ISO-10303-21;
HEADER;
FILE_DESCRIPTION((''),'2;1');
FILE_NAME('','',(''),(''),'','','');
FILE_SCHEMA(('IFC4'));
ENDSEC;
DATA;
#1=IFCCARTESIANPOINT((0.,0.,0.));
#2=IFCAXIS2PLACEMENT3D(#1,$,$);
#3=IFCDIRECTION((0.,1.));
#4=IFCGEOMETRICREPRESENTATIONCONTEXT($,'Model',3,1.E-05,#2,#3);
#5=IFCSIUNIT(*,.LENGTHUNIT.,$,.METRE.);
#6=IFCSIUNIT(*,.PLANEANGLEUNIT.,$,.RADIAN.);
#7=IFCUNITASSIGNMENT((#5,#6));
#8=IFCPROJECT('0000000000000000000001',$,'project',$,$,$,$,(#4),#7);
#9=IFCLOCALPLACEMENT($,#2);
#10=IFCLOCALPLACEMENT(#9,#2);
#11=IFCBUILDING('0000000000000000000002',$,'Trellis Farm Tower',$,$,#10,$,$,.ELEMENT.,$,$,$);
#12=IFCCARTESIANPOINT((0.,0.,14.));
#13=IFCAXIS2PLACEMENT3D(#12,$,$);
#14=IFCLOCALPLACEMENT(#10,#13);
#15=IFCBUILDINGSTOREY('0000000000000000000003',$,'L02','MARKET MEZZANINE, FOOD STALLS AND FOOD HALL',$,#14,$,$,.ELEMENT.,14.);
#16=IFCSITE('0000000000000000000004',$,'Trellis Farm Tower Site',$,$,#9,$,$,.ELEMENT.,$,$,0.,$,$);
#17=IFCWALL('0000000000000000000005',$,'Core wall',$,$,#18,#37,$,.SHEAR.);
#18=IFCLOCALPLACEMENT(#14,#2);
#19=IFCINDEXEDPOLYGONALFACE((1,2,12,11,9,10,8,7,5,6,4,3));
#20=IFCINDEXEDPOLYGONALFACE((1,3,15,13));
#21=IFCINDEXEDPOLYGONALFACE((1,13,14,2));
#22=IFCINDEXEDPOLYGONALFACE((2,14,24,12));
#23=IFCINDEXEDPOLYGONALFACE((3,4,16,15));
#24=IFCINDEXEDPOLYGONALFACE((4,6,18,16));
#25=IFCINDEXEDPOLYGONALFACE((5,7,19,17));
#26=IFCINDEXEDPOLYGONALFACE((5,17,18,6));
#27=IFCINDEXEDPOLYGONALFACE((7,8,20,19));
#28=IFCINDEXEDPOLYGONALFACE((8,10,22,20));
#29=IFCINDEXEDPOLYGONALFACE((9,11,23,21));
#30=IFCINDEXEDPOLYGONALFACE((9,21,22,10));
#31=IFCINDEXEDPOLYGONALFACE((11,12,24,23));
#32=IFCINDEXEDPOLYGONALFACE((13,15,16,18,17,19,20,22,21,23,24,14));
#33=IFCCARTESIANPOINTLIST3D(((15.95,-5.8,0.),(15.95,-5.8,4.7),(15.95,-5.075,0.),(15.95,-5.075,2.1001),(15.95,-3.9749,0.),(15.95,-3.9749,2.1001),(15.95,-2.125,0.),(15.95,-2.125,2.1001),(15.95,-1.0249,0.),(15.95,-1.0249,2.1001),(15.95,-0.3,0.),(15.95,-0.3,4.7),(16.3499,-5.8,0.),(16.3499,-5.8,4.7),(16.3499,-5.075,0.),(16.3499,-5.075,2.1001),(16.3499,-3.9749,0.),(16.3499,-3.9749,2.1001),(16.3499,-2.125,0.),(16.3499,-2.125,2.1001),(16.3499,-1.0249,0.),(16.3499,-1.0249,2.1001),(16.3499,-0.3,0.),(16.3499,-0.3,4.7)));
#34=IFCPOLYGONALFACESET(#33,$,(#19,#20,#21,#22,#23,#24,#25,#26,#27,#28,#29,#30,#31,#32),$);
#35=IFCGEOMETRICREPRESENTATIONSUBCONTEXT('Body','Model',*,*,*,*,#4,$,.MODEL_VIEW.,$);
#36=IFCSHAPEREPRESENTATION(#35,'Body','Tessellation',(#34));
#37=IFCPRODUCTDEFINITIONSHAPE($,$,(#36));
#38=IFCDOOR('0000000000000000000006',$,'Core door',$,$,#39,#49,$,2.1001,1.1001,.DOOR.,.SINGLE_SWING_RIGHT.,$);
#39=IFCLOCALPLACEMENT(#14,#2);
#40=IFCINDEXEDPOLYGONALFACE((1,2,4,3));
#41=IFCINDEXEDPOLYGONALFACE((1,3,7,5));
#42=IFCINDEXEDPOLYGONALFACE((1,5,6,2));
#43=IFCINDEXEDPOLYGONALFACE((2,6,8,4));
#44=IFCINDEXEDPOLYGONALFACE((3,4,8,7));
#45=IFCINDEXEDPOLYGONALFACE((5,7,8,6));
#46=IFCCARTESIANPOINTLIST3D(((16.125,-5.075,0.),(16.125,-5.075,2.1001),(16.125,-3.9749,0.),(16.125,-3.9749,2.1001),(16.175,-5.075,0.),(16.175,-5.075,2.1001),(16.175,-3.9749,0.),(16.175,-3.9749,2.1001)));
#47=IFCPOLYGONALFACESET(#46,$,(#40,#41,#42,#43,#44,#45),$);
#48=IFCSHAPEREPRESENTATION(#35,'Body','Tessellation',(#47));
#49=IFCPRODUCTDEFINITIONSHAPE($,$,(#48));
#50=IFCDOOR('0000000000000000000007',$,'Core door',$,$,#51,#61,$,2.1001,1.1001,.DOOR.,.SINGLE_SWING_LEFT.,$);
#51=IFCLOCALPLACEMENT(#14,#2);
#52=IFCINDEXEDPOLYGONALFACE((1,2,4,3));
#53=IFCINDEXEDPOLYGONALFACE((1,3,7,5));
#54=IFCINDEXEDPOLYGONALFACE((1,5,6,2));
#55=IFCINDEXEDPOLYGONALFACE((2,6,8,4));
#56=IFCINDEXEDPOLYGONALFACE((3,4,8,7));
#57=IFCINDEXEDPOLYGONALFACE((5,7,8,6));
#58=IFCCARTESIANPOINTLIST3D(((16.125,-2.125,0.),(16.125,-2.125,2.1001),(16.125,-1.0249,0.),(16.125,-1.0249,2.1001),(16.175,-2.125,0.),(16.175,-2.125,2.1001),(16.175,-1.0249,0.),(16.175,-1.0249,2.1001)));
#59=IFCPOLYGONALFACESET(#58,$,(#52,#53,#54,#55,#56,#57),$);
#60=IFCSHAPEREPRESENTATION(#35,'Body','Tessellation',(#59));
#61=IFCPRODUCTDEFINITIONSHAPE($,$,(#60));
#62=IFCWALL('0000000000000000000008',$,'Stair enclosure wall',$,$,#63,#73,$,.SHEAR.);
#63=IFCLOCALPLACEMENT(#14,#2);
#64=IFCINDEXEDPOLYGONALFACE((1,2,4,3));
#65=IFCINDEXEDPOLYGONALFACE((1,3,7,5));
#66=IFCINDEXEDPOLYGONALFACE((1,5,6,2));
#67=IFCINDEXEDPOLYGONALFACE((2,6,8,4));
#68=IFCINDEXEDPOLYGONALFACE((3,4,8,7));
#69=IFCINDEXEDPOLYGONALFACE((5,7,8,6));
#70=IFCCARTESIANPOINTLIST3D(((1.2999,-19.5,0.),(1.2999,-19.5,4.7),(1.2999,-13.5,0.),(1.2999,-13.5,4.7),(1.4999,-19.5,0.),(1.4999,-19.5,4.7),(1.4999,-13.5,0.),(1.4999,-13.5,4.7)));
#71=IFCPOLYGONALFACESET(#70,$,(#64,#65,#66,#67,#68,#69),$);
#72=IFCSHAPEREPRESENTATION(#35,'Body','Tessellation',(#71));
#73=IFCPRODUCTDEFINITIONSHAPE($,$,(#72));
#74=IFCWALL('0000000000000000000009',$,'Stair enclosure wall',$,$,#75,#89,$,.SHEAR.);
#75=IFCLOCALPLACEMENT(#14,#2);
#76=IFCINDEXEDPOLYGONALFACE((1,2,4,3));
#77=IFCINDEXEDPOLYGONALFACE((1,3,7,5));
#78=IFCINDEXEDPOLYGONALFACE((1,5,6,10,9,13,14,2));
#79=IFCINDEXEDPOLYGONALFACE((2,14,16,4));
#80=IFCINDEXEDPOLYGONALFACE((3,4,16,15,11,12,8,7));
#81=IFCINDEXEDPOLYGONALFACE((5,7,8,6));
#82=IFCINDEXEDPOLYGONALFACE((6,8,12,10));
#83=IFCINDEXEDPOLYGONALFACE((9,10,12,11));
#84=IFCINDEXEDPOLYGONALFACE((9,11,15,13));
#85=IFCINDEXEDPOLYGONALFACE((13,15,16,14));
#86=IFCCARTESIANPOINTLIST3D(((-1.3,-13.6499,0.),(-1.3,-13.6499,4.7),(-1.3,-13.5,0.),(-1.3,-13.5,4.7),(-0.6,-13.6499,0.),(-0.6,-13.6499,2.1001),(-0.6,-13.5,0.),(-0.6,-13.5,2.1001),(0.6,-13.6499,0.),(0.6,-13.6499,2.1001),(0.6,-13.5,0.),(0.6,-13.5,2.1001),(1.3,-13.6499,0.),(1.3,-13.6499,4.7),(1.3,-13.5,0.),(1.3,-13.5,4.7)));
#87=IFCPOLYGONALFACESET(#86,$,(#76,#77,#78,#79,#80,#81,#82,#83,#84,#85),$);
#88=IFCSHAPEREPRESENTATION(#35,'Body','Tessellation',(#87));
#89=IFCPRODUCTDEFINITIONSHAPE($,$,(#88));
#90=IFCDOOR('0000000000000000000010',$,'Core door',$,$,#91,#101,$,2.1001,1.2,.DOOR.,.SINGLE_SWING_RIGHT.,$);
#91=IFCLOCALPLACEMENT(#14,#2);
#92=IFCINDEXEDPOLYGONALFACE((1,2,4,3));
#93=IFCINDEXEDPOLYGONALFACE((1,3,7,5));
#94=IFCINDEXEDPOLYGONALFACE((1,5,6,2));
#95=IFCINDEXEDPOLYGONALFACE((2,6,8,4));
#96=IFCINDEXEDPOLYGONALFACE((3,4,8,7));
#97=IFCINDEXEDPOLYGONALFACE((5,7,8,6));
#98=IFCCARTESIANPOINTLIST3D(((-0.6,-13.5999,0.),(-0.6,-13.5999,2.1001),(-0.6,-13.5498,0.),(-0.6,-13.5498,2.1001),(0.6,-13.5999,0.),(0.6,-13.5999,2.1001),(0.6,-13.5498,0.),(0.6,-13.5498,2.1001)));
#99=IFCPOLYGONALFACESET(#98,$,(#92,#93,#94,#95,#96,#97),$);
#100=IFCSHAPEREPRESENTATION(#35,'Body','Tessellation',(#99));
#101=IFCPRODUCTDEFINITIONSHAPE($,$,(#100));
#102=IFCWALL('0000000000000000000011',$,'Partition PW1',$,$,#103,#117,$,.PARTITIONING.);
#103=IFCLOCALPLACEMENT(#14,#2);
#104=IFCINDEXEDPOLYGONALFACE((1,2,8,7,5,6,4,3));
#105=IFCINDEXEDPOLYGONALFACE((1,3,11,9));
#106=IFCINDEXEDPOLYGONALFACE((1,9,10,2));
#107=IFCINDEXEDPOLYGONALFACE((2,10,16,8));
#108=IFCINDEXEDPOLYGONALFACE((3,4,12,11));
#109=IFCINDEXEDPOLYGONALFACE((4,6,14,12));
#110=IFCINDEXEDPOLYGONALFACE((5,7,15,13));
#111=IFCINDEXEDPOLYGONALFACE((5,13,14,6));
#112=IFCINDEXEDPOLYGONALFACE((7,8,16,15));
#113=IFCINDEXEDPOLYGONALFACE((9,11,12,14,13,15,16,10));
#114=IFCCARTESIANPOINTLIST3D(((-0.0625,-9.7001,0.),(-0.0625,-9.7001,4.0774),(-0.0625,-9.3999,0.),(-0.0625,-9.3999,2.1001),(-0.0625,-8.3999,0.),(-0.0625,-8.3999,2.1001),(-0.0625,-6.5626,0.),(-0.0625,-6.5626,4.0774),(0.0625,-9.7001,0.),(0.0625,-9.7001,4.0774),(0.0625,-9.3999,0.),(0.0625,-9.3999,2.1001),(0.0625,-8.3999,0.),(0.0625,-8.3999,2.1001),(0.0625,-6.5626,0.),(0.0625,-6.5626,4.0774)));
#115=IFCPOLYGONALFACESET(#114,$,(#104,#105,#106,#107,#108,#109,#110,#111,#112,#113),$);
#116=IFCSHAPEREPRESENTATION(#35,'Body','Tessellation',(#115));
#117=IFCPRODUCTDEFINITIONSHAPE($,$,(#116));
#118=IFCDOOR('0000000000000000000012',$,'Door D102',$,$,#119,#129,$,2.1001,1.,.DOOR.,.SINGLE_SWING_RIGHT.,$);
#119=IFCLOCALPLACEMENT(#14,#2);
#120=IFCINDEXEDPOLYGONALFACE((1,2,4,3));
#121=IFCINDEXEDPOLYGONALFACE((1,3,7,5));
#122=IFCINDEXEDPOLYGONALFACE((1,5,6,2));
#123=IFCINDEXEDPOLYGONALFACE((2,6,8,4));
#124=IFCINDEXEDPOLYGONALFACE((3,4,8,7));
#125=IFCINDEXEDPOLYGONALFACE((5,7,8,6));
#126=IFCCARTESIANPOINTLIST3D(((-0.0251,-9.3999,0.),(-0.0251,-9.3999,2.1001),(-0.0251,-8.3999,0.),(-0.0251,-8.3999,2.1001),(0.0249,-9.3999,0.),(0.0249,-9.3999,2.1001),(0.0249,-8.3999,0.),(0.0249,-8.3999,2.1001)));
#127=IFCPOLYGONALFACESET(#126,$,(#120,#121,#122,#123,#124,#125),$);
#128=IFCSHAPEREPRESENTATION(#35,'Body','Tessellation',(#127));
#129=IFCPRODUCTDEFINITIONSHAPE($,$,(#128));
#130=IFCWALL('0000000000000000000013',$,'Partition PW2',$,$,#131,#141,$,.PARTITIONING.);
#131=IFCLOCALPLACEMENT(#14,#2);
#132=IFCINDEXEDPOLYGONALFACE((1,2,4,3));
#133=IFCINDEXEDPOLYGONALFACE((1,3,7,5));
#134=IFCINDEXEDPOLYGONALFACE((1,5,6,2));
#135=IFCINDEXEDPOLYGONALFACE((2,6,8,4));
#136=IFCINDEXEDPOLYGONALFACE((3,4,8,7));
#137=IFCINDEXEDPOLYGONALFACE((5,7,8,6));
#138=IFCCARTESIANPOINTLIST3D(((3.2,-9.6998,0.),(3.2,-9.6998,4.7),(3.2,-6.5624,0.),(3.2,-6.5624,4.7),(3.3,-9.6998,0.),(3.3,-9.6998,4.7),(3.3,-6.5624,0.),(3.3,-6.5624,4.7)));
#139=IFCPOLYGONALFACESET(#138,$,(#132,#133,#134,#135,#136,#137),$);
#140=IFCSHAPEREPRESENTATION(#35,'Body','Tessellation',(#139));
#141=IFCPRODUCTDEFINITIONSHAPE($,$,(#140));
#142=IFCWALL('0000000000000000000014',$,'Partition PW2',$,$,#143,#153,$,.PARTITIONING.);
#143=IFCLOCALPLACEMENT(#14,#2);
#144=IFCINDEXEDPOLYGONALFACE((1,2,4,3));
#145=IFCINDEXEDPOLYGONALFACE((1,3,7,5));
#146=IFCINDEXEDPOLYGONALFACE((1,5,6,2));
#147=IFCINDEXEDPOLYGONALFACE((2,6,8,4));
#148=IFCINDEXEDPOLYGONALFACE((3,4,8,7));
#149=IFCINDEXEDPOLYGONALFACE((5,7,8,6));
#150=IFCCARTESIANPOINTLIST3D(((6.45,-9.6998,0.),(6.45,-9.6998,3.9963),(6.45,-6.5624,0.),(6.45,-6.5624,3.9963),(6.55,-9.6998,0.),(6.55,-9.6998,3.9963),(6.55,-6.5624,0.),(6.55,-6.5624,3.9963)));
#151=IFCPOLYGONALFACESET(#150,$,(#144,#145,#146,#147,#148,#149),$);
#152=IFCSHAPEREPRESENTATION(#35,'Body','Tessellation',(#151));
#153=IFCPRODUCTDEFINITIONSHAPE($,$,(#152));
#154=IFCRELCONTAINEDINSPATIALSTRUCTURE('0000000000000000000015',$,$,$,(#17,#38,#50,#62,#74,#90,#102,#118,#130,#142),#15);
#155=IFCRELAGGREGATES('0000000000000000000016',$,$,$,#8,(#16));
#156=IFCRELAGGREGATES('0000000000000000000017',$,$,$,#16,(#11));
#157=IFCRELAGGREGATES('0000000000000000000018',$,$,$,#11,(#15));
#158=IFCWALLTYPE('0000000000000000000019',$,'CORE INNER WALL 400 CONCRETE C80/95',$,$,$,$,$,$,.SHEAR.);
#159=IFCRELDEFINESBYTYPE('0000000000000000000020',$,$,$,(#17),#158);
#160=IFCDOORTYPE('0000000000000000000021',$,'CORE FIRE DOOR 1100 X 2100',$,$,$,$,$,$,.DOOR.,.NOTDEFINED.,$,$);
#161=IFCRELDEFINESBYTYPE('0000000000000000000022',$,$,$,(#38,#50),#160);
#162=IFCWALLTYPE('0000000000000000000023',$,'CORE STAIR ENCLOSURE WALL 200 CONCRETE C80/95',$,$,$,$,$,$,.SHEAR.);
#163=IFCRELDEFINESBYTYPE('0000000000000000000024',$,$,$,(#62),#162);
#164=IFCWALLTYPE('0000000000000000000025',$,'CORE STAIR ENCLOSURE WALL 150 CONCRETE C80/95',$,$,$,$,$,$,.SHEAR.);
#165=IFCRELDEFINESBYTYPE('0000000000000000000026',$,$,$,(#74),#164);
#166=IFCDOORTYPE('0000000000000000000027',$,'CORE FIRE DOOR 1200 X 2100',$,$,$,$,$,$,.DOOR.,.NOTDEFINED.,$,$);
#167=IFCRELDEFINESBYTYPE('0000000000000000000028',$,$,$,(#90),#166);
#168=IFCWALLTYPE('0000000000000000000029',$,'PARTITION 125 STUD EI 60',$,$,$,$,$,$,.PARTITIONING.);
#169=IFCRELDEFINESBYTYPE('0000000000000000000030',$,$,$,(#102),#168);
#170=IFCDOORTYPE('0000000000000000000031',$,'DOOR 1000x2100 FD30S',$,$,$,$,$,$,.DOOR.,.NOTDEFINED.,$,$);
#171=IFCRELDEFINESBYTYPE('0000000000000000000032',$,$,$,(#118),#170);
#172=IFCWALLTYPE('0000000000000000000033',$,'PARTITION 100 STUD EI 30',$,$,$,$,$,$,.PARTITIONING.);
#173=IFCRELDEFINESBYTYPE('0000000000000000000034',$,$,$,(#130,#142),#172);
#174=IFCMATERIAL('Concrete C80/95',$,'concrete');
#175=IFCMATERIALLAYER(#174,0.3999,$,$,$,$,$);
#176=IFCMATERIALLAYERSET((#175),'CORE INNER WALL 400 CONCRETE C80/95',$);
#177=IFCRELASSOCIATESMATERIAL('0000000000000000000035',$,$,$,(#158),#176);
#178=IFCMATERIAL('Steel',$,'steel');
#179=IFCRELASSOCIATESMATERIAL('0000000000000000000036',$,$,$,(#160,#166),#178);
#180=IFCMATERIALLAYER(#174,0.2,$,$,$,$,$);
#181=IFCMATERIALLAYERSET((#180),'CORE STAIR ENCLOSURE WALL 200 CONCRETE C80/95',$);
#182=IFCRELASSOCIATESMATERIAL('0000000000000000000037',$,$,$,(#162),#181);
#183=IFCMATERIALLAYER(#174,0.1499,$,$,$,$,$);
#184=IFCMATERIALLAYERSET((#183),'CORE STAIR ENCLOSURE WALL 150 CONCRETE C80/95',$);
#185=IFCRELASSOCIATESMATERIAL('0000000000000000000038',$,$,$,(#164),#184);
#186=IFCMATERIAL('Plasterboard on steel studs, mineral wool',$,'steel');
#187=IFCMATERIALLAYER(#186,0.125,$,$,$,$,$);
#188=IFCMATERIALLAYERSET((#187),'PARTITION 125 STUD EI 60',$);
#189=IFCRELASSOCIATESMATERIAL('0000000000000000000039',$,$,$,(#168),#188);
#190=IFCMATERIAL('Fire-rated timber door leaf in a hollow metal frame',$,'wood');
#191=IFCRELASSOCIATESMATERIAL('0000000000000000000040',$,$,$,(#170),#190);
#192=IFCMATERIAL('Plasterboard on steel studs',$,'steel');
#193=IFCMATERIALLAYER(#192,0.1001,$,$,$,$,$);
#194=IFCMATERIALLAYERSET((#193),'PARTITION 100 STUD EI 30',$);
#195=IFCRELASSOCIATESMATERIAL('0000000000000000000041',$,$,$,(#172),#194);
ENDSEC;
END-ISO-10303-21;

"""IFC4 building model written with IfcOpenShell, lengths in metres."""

from ifc_helpers import new_model, si_unit, direction, frame, frame_2d, origin, place, context, subcontext, project, spatial, rectangle, extrude, source, transform, mapped, material, layer, layer_set, type_object, element, fill, save


model = new_model("IFC4")

# Units and contexts
model_context = context("Model", 3, precision=1e-05, world=origin(), true_north=direction((0.0, 1.0)))
body_context = subcontext(model_context, "Body", "Model", "MODEL_VIEW")
ifc_project = project(units=[si_unit("LENGTHUNIT", "METRE"), si_unit("PLANEANGLEUNIT", "RADIAN")], contexts=[model_context])

# Site, building, storey
site_placement = place(None, origin())
site = spatial("IfcSite", under=ifc_project, at=site_placement, Name="Trellis Farm Tower Site", CompositionType="ELEMENT", RefElevation=0.0)
building_placement = place(site_placement, origin())
building = spatial("IfcBuilding", under=site, at=building_placement, Name="Trellis Farm Tower", CompositionType="ELEMENT")
storey_placement = place(building_placement, frame((0.0, 0.0, 14.0)))
storey = spatial("IfcBuildingStorey", under=building, at=storey_placement, Name="L02", Description="MARKET MEZZANINE, FOOD STALLS AND FOOD HALL", CompositionType="ELEMENT", Elevation=14.0)

# Shared definitions
ifc_material_1 = material(Name="Concrete C80/95", Category="concrete")
ifc_material_2 = material(Name="Steel", Category="steel")

# Shared definitions
ifc_layer_1 = layer(ifc_material_1, 0.3999)
ifc_layer_set_1 = layer_set([ifc_layer_1], Name="CORE INNER WALL 400 CONCRETE C80/95")
wall_type_1 = type_object("IfcWallType", Name="CORE INNER WALL 400 CONCRETE C80/95", PredefinedType="SHEAR", material=ifc_layer_set_1)

# Wall, openings, doors
shared_shape_1 = source(origin(), body_context, "Body", "SweptSolid", [
    extrude(rectangle(XDim=5.5, YDim=0.3999, at=frame_2d((2.75, 0.0))), origin(), (0.0, 0.0, 1.0), 4.7),
])
wall_1_placement = place(storey_placement, frame((16.1499, -5.8, 0.0), z_axis=(0.0, 0.0, 1.0), x_axis=(0.0, 1.0, 0.0)))
wall_1 = element("IfcWall", 1, at=wall_1_placement, inside=storey, type_object=wall_type_1, Name="Core wall", PredefinedType="SHEAR", context=body_context, shape_type="MappedRepresentation", body=[
    mapped(shared_shape_1, transform((0.0, 0.0, 0.0))),
])
shared_shape_2 = source(origin(), body_context, "Body", "SweptSolid", [
    extrude(rectangle(XDim=1.1001, YDim=2.1001, at=frame_2d((0.55, 1.05))), frame((0.0, 0.21, 0.0), z_axis=(0.0, -1.0, 0.0), x_axis=(1.0, 0.0, 0.0)), (0.0, 0.0, 1.0), 0.4199),
])
opening_1_placement = place(wall_1_placement, frame((0.7251, 0.0, 0.0)))
opening_1 = element("IfcOpeningElement", 2, at=opening_1_placement, cuts=wall_1, PredefinedType="OPENING", context=body_context, shape_type="MappedRepresentation", body=[
    mapped(shared_shape_2, transform((0.0, 0.0, 0.0))),
])
opening_2_placement = place(wall_1_placement, frame((3.675, 0.0, 0.0)))
opening_2 = element("IfcOpeningElement", 3, at=opening_2_placement, cuts=wall_1, PredefinedType="OPENING", context=body_context, shape_type="MappedRepresentation", body=[
    mapped(shared_shape_2, transform((0.0, 0.0, 0.0))),
])
door_type_1 = type_object("IfcDoorType", Name="CORE FIRE DOOR 1100 X 2100", OperationType="NOTDEFINED", PredefinedType="DOOR", material=ifc_material_2)
shared_shape_3 = source(origin(), body_context, "Body", "SweptSolid", [
    extrude(rectangle(XDim=1.1001, YDim=2.1001, at=frame_2d((0.55, 1.05))), frame((0.0, 0.0249, 0.0), z_axis=(0.0, -1.0, 0.0), x_axis=(1.0, 0.0, 0.0)), (0.0, 0.0, 1.0), 0.05),
])
door_1_placement = place(opening_1_placement, origin())
door_1 = element("IfcDoor", 4, at=door_1_placement, inside=storey, type_object=door_type_1, Name="Core door", OperationType="SINGLE_SWING_RIGHT", OverallHeight=2.1001, OverallWidth=1.1001, PredefinedType="DOOR", context=body_context, shape_type="MappedRepresentation", body=[
    mapped(shared_shape_3, transform((0.0, 0.0, 0.0))),
])
fill(opening_1, door_1)
door_2_placement = place(opening_2_placement, origin())
door_2 = element("IfcDoor", 5, at=door_2_placement, inside=storey, type_object=door_type_1, Name="Core door", OperationType="SINGLE_SWING_LEFT", OverallHeight=2.1001, OverallWidth=1.1001, PredefinedType="DOOR", context=body_context, shape_type="MappedRepresentation", body=[
    mapped(shared_shape_3, transform((0.0, 0.0, 0.0))),
])
fill(opening_2, door_2)

# Wall
ifc_layer_2 = layer(ifc_material_1, 0.2)
ifc_layer_set_2 = layer_set([ifc_layer_2], Name="CORE STAIR ENCLOSURE WALL 200 CONCRETE C80/95")
wall_type_2 = type_object("IfcWallType", Name="CORE STAIR ENCLOSURE WALL 200 CONCRETE C80/95", PredefinedType="SHEAR", material=ifc_layer_set_2)
shared_shape_4 = source(origin(), body_context, "Body", "SweptSolid", [
    extrude(rectangle(XDim=6.0, YDim=0.2, at=frame_2d((3.0, 0.0))), origin(), (0.0, 0.0, 1.0), 4.7),
])
wall_2_placement = place(storey_placement, frame((1.3999, -13.5, 0.0), z_axis=(0.0, 0.0, 1.0), x_axis=(0.0, -1.0, 0.0)))
element("IfcWall", 6, at=wall_2_placement, inside=storey, type_object=wall_type_2, Name="Stair enclosure wall", PredefinedType="SHEAR", context=body_context, shape_type="MappedRepresentation", body=[
    mapped(shared_shape_4, transform((0.0, 0.0, 0.0))),
])

# Walls, openings, doors
ifc_layer_3 = layer(ifc_material_1, 0.1499)
ifc_layer_set_3 = layer_set([ifc_layer_3], Name="CORE STAIR ENCLOSURE WALL 150 CONCRETE C80/95")
wall_type_3 = type_object("IfcWallType", Name="CORE STAIR ENCLOSURE WALL 150 CONCRETE C80/95", PredefinedType="SHEAR", material=ifc_layer_set_3)
shared_shape_5 = source(origin(), body_context, "Body", "SweptSolid", [
    extrude(rectangle(XDim=2.6001, YDim=0.1499, at=frame_2d((1.3, 0.0))), origin(), (0.0, 0.0, 1.0), 4.7),
])
wall_3_placement = place(storey_placement, frame((1.3, -13.575, 0.0), z_axis=(0.0, 0.0, 1.0), x_axis=(-1.0, 0.0, 0.0)))
wall_3 = element("IfcWall", 7, at=wall_3_placement, inside=storey, type_object=wall_type_3, Name="Stair enclosure wall", PredefinedType="SHEAR", context=body_context, shape_type="MappedRepresentation", body=[
    mapped(shared_shape_5, transform((0.0, 0.0, 0.0))),
])
shared_shape_6 = source(origin(), body_context, "Body", "SweptSolid", [
    extrude(rectangle(XDim=1.2, YDim=2.1001, at=frame_2d((0.6001, 1.05))), frame((0.0, 0.085, 0.0), z_axis=(0.0, -1.0, 0.0), x_axis=(1.0, 0.0, 0.0)), (0.0, 0.0, 1.0), 0.1699),
])
opening_3_placement = place(wall_3_placement, frame((0.7, 0.0, 0.0)))
opening_3 = element("IfcOpeningElement", 8, at=opening_3_placement, cuts=wall_3, PredefinedType="OPENING", context=body_context, shape_type="MappedRepresentation", body=[
    mapped(shared_shape_6, transform((0.0, 0.0, 0.0))),
])
door_type_2 = type_object("IfcDoorType", Name="CORE FIRE DOOR 1200 X 2100", OperationType="NOTDEFINED", PredefinedType="DOOR", material=ifc_material_2)
shared_shape_7 = source(origin(), body_context, "Body", "SweptSolid", [
    extrude(rectangle(XDim=1.2, YDim=2.1001, at=frame_2d((0.6001, 1.05))), frame((0.0, 0.0249, 0.0), z_axis=(0.0, -1.0, 0.0), x_axis=(1.0, 0.0, 0.0)), (0.0, 0.0, 1.0), 0.05),
])
door_3_placement = place(opening_3_placement, origin())
door_3 = element("IfcDoor", 9, at=door_3_placement, inside=storey, type_object=door_type_2, Name="Core door", OperationType="SINGLE_SWING_RIGHT", OverallHeight=2.1001, OverallWidth=1.2, PredefinedType="DOOR", context=body_context, shape_type="MappedRepresentation", body=[
    mapped(shared_shape_7, transform((0.0, 0.0, 0.0))),
])
fill(opening_3, door_3)
ifc_material_3 = material(Name="Plasterboard on steel studs, mineral wool", Category="steel")
ifc_layer_4 = layer(ifc_material_3, 0.125)
ifc_layer_set_4 = layer_set([ifc_layer_4], Name="PARTITION 125 STUD EI 60")
wall_type_4 = type_object("IfcWallType", Name="PARTITION 125 STUD EI 60", PredefinedType="PARTITIONING", material=ifc_layer_set_4)
shared_shape_8 = source(origin(), body_context, "Body", "SweptSolid", [
    extrude(rectangle(XDim=3.1375, YDim=0.125, at=frame_2d((1.5688, 0.0))), origin(), (0.0, 0.0, 1.0), 4.0774),
])
wall_4_placement = place(storey_placement, frame((0.0, -6.5625, 0.0), z_axis=(0.0, 0.0, 1.0), x_axis=(0.0, -1.0, 0.0)))
wall_4 = element("IfcWall", 10, at=wall_4_placement, inside=storey, type_object=wall_type_4, Name="Partition PW1", PredefinedType="PARTITIONING", context=body_context, shape_type="MappedRepresentation", body=[
    mapped(shared_shape_8, transform((0.0, 0.0, 0.0))),
])
shared_shape_9 = source(origin(), body_context, "Body", "SweptSolid", [
    extrude(rectangle(XDim=1.0, YDim=2.1001, at=frame_2d((0.5, 1.05))), frame((0.0, 0.0725, 0.0), z_axis=(0.0, -1.0, 0.0), x_axis=(1.0, 0.0, 0.0)), (0.0, 0.0, 1.0), 0.145),
])
opening_4_placement = place(wall_4_placement, frame((1.8374, 0.0, 0.0)))
opening_4 = element("IfcOpeningElement", 11, at=opening_4_placement, cuts=wall_4, PredefinedType="OPENING", context=body_context, shape_type="MappedRepresentation", body=[
    mapped(shared_shape_9, transform((0.0, 0.0, 0.0))),
])
ifc_material_4 = material(Name="Fire-rated timber door leaf in a hollow metal frame", Category="wood")
door_type_3 = type_object("IfcDoorType", Name="DOOR 1000x2100 FD30S", OperationType="NOTDEFINED", PredefinedType="DOOR", material=ifc_material_4)
shared_shape_10 = source(origin(), body_context, "Body", "SweptSolid", [
    extrude(rectangle(XDim=1.0, YDim=2.1001, at=frame_2d((0.5, 1.05))), frame((0.0, 0.0249, 0.0), z_axis=(0.0, -1.0, 0.0), x_axis=(1.0, 0.0, 0.0)), (0.0, 0.0, 1.0), 0.05),
])
door_4_placement = place(opening_4_placement, origin())
door_4 = element("IfcDoor", 12, at=door_4_placement, inside=storey, type_object=door_type_3, Name="Door D102", OperationType="SINGLE_SWING_RIGHT", OverallHeight=2.1001, OverallWidth=1.0, PredefinedType="DOOR", context=body_context, shape_type="MappedRepresentation", body=[
    mapped(shared_shape_10, transform((0.0, 0.0, 0.0))),
])
fill(opening_4, door_4)

# Walls
ifc_material_5 = material(Name="Plasterboard on steel studs", Category="steel")
ifc_layer_5 = layer(ifc_material_5, 0.1001)
ifc_layer_set_5 = layer_set([ifc_layer_5], Name="PARTITION 100 STUD EI 30")
wall_type_5 = type_object("IfcWallType", Name="PARTITION 100 STUD EI 30", PredefinedType="PARTITIONING", material=ifc_layer_set_5)
shared_shape_11 = source(origin(), body_context, "Body", "SweptSolid", [
    extrude(rectangle(XDim=3.1375, YDim=0.1001, at=frame_2d((1.5688, 0.0))), origin(), (0.0, 0.0, 1.0), 4.7),
])
wall_5_placement = place(storey_placement, frame((3.25, -9.7, 0.0), z_axis=(0.0, 0.0, 1.0), x_axis=(0.0, 1.0, 0.0)))
element("IfcWall", 13, at=wall_5_placement, inside=storey, type_object=wall_type_5, Name="Partition PW2", PredefinedType="PARTITIONING", context=body_context, shape_type="MappedRepresentation", body=[
    mapped(shared_shape_11, transform((0.0, 0.0, 0.0))),
])
shared_shape_12 = source(origin(), body_context, "Body", "SweptSolid", [
    extrude(rectangle(XDim=3.1375, YDim=0.1001, at=frame_2d((1.5688, 0.0))), origin(), (0.0, 0.0, 1.0), 3.9963),
])
wall_6_placement = place(storey_placement, frame((6.5, -9.7, 0.0), z_axis=(0.0, 0.0, 1.0), x_axis=(0.0, 1.0, 0.0)))
element("IfcWall", 14, at=wall_6_placement, inside=storey, type_object=wall_type_5, Name="Partition PW2", PredefinedType="PARTITIONING", context=body_context, shape_type="MappedRepresentation", body=[
    mapped(shared_shape_12, transform((0.0, 0.0, 0.0))),
])

save(model, "model.ifc")
